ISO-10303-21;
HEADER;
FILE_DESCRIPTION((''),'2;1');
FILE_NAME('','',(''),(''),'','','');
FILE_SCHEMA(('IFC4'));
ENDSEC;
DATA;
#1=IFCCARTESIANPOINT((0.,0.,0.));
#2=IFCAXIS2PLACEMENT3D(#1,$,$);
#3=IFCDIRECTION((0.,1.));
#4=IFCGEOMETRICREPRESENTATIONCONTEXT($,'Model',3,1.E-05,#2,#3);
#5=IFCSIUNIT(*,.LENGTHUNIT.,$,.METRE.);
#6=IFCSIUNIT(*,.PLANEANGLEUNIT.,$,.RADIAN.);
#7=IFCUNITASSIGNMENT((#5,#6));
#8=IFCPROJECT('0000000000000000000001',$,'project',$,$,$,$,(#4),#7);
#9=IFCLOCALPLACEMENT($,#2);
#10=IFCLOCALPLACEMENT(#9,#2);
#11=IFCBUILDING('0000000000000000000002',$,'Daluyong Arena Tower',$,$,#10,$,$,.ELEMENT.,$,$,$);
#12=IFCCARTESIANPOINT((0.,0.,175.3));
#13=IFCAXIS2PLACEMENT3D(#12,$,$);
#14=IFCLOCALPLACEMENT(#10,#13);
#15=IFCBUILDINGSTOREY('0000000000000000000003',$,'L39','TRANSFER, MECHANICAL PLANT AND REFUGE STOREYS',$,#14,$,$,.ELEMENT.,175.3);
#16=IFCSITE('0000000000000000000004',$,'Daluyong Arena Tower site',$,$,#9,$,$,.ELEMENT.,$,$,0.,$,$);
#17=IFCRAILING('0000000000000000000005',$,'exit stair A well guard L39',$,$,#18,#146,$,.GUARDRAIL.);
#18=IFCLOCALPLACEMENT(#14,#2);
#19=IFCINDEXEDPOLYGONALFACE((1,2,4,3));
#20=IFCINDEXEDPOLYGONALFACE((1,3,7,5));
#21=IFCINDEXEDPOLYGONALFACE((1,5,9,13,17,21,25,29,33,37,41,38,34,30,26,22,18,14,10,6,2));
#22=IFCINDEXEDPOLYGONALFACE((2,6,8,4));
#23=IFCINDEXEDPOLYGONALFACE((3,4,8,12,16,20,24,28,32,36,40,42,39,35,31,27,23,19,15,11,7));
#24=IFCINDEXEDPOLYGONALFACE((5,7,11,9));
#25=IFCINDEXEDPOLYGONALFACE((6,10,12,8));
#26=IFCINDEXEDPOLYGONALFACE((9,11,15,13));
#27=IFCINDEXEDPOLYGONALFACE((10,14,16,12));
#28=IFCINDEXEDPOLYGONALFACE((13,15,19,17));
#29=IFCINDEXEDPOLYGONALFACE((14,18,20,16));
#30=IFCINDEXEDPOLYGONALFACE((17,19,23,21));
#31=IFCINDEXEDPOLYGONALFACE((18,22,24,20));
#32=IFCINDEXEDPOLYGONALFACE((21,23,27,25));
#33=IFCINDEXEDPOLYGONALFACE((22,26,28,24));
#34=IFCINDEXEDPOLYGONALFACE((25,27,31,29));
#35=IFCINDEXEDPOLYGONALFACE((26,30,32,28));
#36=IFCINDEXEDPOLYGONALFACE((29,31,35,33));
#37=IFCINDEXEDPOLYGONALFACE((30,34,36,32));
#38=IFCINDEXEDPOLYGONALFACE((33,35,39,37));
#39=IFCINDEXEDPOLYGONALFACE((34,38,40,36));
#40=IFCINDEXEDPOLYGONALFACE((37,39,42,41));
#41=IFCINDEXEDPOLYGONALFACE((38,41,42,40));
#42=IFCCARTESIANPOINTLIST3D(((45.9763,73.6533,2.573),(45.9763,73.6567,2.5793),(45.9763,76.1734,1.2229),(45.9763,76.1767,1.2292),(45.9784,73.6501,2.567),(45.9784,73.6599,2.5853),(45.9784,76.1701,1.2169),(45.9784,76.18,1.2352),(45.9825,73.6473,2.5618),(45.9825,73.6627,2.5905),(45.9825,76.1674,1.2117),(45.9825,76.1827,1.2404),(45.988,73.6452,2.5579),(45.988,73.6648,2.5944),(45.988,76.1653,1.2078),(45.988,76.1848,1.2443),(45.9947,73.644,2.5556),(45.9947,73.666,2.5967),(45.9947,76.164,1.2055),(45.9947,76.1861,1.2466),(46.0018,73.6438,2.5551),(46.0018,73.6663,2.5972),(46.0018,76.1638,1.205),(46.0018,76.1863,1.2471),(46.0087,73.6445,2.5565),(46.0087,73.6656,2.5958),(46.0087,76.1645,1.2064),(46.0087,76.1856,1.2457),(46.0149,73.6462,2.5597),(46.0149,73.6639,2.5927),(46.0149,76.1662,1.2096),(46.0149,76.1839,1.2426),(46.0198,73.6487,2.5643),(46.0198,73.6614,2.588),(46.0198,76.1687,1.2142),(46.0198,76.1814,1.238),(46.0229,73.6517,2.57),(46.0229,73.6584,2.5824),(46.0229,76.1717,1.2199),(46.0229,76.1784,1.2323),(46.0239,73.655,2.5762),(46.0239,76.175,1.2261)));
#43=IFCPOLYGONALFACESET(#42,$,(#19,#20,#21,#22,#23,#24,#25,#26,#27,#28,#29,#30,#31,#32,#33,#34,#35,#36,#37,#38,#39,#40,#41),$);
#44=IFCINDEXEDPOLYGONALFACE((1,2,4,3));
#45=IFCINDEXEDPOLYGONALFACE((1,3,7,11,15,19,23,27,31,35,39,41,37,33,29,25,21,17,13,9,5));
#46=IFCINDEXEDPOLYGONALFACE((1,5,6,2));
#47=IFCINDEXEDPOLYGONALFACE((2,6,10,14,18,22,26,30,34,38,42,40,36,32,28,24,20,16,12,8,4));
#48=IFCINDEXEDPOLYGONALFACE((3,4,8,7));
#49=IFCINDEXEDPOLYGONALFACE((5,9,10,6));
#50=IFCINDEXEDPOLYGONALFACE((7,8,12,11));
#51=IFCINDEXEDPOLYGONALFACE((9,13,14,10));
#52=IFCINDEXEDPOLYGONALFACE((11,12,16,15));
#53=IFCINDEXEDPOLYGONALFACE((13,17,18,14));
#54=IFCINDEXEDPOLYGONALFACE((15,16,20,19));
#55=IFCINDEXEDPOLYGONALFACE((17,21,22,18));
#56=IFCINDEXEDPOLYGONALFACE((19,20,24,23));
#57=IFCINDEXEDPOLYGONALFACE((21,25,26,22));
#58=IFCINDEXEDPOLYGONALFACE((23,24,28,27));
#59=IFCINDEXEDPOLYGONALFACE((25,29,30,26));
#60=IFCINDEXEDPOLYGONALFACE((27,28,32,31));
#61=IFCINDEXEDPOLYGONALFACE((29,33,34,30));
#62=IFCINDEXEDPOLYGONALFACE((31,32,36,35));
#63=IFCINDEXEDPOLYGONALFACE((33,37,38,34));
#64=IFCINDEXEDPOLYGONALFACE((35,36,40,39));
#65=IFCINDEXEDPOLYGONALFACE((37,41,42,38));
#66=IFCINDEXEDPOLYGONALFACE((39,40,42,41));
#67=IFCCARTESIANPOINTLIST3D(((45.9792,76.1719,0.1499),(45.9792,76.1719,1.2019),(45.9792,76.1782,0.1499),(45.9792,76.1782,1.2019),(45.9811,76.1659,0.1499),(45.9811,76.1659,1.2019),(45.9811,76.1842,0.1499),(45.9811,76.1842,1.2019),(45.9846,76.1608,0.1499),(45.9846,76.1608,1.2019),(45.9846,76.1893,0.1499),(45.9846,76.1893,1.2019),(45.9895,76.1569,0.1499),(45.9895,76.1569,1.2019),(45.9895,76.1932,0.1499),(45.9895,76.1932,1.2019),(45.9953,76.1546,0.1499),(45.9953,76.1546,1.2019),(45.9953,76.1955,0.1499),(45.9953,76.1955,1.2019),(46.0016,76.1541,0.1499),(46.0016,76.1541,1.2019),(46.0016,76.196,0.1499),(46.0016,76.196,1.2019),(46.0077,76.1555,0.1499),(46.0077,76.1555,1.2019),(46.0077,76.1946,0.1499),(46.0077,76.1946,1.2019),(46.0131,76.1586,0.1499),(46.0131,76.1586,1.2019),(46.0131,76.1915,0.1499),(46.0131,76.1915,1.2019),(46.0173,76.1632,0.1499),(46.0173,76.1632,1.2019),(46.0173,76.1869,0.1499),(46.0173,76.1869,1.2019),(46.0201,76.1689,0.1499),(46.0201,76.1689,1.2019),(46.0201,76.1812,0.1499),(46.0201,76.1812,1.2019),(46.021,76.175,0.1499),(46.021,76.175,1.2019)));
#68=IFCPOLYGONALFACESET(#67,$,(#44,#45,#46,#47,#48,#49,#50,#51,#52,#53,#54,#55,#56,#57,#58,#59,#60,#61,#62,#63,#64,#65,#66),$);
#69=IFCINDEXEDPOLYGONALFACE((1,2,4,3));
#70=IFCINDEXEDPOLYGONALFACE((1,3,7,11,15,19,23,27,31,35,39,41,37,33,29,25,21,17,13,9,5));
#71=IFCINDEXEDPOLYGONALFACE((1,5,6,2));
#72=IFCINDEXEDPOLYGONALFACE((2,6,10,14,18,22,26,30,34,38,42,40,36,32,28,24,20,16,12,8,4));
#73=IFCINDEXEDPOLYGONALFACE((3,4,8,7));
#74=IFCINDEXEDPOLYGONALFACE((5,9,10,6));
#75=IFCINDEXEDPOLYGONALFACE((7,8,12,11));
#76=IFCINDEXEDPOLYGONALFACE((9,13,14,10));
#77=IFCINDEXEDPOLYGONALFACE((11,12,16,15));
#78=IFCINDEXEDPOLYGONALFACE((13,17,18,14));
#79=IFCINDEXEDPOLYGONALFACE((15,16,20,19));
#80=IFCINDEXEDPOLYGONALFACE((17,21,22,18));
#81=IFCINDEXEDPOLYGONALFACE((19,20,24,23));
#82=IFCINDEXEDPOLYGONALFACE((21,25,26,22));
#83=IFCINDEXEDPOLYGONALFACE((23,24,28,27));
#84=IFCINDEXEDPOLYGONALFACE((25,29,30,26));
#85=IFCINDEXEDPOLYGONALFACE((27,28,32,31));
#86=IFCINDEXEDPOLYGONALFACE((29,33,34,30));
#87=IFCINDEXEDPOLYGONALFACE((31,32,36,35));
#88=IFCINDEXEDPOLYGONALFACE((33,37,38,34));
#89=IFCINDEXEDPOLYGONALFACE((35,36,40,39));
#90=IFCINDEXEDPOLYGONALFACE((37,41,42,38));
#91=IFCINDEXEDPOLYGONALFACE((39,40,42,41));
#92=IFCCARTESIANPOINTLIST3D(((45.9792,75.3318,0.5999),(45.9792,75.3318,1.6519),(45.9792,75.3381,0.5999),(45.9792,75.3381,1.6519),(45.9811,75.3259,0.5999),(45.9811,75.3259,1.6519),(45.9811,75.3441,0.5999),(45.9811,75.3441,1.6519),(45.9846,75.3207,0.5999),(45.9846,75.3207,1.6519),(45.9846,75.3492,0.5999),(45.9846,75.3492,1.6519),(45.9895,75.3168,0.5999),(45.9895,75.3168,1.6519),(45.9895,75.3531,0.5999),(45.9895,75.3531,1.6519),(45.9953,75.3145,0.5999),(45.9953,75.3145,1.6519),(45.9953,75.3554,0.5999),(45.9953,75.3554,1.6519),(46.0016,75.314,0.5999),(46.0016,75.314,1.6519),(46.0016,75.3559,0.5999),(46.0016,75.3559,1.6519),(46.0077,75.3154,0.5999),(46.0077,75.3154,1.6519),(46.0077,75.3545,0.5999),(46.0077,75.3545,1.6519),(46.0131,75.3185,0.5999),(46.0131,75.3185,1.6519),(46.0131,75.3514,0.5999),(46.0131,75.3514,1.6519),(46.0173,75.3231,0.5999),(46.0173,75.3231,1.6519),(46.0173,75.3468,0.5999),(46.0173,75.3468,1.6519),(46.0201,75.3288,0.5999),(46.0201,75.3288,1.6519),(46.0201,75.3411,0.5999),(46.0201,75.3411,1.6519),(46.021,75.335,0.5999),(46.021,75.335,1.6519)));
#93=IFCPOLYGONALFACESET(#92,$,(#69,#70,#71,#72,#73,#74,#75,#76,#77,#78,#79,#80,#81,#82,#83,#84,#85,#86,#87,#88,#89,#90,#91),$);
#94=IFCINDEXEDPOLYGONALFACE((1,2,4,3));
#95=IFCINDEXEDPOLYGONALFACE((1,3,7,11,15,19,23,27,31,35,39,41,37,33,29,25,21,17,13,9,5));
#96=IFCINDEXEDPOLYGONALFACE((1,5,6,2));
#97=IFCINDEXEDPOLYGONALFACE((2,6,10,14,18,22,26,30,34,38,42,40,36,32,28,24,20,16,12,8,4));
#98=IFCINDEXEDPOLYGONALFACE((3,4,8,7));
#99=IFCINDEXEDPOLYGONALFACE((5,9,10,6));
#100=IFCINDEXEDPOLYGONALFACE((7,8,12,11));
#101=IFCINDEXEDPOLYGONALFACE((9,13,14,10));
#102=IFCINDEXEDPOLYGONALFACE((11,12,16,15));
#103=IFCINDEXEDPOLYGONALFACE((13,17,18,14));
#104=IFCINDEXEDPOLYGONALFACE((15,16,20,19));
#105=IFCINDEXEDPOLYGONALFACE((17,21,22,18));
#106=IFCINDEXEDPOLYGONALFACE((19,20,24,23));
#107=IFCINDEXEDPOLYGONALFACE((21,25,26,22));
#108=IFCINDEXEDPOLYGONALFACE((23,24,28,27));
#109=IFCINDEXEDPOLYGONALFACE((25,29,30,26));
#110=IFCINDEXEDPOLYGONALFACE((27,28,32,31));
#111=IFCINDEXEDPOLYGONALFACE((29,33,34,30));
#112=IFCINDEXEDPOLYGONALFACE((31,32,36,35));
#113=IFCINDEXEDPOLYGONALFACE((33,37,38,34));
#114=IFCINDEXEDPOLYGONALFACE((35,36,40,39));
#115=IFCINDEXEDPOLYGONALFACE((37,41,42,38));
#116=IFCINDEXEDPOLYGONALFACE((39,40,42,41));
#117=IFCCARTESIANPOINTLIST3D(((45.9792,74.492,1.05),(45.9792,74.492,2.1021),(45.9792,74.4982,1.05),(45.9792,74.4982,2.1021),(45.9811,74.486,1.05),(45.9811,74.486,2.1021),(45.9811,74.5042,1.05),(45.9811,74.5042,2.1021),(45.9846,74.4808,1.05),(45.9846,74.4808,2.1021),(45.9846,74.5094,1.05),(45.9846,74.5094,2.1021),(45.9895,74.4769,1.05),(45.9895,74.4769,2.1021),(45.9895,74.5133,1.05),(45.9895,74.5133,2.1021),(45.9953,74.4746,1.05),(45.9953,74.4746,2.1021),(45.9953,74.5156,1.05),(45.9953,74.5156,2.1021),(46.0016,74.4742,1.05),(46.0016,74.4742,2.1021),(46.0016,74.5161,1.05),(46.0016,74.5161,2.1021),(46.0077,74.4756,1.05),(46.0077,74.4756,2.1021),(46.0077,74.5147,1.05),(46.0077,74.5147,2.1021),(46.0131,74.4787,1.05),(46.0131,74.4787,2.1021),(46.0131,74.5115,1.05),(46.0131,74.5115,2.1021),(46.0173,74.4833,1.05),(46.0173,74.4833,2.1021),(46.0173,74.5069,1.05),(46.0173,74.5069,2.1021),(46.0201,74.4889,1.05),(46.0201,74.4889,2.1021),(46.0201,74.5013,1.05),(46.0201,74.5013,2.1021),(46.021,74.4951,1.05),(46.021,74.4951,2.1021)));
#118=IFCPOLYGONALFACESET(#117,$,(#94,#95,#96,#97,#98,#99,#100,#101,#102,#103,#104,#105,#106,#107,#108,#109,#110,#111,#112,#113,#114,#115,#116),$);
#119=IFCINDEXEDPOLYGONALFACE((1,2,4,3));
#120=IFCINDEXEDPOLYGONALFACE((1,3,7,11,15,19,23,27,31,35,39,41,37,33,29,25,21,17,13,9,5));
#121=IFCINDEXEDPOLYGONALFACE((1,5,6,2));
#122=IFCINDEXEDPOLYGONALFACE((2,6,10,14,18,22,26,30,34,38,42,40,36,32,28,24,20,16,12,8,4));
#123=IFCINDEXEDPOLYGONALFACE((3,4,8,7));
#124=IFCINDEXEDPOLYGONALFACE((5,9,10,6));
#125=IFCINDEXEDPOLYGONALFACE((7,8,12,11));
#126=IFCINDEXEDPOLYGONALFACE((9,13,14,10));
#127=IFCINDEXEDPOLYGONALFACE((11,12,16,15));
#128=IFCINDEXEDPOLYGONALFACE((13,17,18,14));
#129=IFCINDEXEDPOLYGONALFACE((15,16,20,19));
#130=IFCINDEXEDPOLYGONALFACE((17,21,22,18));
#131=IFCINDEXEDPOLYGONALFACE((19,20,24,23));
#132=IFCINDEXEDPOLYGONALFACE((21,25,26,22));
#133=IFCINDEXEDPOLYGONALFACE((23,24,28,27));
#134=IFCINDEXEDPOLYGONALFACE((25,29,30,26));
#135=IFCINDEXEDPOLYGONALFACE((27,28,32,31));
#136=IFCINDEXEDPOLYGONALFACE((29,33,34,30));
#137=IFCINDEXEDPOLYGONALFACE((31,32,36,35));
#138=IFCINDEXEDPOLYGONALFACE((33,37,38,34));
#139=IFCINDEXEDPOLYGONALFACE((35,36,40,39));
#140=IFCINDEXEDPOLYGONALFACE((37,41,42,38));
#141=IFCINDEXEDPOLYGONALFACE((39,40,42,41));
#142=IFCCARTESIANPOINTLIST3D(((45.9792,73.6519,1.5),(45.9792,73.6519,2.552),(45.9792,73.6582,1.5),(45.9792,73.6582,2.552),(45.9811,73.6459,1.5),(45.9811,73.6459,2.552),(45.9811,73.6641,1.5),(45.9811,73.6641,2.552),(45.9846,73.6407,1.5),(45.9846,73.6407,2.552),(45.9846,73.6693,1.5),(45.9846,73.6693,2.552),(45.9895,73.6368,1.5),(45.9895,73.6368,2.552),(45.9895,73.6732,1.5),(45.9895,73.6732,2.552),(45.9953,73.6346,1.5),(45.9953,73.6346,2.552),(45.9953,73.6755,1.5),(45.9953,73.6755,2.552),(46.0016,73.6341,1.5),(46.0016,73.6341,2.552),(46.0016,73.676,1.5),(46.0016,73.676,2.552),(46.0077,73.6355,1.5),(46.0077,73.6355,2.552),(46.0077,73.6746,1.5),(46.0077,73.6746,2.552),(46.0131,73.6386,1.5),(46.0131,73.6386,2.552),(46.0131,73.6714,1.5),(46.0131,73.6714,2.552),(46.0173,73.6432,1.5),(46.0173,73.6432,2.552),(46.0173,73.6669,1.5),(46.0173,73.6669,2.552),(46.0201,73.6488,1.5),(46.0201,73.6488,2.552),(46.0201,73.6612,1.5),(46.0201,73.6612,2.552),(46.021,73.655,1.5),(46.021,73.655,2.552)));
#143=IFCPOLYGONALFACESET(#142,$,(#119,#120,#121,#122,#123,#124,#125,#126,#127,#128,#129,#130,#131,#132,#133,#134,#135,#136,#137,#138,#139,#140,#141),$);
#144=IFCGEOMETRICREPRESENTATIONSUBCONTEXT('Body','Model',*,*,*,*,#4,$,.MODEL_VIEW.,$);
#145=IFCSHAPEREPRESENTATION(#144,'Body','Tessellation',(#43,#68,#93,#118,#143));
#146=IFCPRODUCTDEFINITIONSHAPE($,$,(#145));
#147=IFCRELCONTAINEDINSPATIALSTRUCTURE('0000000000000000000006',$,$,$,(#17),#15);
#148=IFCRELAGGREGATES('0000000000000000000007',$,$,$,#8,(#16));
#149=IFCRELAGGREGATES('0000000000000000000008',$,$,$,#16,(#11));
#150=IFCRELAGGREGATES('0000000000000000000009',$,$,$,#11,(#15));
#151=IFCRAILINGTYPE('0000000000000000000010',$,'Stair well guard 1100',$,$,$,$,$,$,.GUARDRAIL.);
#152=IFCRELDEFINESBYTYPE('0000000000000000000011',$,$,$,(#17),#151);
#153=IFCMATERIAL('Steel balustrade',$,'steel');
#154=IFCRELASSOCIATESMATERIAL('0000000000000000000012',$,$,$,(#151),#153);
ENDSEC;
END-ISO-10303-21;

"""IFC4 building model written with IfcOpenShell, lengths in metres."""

from ifc_helpers import new_model, si_unit, direction, frame, origin, origin_2d, place, context, subcontext, project, spatial, circle, extrude, material, type_object, element, save


model = new_model("IFC4")

# Units and contexts
model_context = context("Model", 3, precision=1e-05, world=origin(), true_north=direction((0.0, 1.0)))
body_context = subcontext(model_context, "Body", "Model", "MODEL_VIEW")
ifc_project = project(units=[si_unit("LENGTHUNIT", "METRE"), si_unit("PLANEANGLEUNIT", "RADIAN")], contexts=[model_context])

# Site, building, storey
site_placement = place(None, origin())
site = spatial("IfcSite", under=ifc_project, at=site_placement, Name="Daluyong Arena Tower site", CompositionType="ELEMENT", RefElevation=0.0)
building_placement = place(site_placement, origin())
building = spatial("IfcBuilding", under=site, at=building_placement, Name="Daluyong Arena Tower", CompositionType="ELEMENT")
storey_placement = place(building_placement, frame((0.0, 0.0, 175.3)))
storey = spatial("IfcBuildingStorey", under=building, at=storey_placement, Name="L39", Description="TRANSFER, MECHANICAL PLANT AND REFUGE STOREYS", CompositionType="ELEMENT", Elevation=175.3)

# Railing
ifc_material_1 = material(Name="Steel balustrade", Category="steel")
railing_type_1 = type_object("IfcRailingType", Name="Stair well guard 1100", PredefinedType="GUARDRAIL", material=ifc_material_1)
railing_1_placement = place(storey_placement, frame((46.0, 76.175, 0.1499)))
element("IfcRailing", 1, at=railing_1_placement, inside=storey, type_object=railing_type_1, Name="exit stair A well guard L39", PredefinedType="GUARDRAIL", context=body_context, shape_type="SweptSolid", body=[
    extrude(circle(Radius=0.0239, at=origin_2d()), frame((0.0, 0.0, 1.0762), z_axis=(0.0, -0.881467, 0.472245), x_axis=(1.0, 0.0, 0.0)), (0.0, 0.0, 1.0), 2.8589),
    extrude(circle(Radius=0.021, at=origin_2d()), origin(), (0.0, 0.0, 1.0), 1.052),
    extrude(circle(Radius=0.021, at=origin_2d()), frame((0.0, -0.8401, 0.45)), (0.0, 0.0, 1.0), 1.052),
    extrude(circle(Radius=0.021, at=origin_2d()), frame((0.0, -1.6799, 0.9001)), (0.0, 0.0, 1.0), 1.052),
    extrude(circle(Radius=0.021, at=origin_2d()), frame((0.0, -2.52, 1.3501)), (0.0, 0.0, 1.0), 1.052),
])

save(model, "model.ifc")
